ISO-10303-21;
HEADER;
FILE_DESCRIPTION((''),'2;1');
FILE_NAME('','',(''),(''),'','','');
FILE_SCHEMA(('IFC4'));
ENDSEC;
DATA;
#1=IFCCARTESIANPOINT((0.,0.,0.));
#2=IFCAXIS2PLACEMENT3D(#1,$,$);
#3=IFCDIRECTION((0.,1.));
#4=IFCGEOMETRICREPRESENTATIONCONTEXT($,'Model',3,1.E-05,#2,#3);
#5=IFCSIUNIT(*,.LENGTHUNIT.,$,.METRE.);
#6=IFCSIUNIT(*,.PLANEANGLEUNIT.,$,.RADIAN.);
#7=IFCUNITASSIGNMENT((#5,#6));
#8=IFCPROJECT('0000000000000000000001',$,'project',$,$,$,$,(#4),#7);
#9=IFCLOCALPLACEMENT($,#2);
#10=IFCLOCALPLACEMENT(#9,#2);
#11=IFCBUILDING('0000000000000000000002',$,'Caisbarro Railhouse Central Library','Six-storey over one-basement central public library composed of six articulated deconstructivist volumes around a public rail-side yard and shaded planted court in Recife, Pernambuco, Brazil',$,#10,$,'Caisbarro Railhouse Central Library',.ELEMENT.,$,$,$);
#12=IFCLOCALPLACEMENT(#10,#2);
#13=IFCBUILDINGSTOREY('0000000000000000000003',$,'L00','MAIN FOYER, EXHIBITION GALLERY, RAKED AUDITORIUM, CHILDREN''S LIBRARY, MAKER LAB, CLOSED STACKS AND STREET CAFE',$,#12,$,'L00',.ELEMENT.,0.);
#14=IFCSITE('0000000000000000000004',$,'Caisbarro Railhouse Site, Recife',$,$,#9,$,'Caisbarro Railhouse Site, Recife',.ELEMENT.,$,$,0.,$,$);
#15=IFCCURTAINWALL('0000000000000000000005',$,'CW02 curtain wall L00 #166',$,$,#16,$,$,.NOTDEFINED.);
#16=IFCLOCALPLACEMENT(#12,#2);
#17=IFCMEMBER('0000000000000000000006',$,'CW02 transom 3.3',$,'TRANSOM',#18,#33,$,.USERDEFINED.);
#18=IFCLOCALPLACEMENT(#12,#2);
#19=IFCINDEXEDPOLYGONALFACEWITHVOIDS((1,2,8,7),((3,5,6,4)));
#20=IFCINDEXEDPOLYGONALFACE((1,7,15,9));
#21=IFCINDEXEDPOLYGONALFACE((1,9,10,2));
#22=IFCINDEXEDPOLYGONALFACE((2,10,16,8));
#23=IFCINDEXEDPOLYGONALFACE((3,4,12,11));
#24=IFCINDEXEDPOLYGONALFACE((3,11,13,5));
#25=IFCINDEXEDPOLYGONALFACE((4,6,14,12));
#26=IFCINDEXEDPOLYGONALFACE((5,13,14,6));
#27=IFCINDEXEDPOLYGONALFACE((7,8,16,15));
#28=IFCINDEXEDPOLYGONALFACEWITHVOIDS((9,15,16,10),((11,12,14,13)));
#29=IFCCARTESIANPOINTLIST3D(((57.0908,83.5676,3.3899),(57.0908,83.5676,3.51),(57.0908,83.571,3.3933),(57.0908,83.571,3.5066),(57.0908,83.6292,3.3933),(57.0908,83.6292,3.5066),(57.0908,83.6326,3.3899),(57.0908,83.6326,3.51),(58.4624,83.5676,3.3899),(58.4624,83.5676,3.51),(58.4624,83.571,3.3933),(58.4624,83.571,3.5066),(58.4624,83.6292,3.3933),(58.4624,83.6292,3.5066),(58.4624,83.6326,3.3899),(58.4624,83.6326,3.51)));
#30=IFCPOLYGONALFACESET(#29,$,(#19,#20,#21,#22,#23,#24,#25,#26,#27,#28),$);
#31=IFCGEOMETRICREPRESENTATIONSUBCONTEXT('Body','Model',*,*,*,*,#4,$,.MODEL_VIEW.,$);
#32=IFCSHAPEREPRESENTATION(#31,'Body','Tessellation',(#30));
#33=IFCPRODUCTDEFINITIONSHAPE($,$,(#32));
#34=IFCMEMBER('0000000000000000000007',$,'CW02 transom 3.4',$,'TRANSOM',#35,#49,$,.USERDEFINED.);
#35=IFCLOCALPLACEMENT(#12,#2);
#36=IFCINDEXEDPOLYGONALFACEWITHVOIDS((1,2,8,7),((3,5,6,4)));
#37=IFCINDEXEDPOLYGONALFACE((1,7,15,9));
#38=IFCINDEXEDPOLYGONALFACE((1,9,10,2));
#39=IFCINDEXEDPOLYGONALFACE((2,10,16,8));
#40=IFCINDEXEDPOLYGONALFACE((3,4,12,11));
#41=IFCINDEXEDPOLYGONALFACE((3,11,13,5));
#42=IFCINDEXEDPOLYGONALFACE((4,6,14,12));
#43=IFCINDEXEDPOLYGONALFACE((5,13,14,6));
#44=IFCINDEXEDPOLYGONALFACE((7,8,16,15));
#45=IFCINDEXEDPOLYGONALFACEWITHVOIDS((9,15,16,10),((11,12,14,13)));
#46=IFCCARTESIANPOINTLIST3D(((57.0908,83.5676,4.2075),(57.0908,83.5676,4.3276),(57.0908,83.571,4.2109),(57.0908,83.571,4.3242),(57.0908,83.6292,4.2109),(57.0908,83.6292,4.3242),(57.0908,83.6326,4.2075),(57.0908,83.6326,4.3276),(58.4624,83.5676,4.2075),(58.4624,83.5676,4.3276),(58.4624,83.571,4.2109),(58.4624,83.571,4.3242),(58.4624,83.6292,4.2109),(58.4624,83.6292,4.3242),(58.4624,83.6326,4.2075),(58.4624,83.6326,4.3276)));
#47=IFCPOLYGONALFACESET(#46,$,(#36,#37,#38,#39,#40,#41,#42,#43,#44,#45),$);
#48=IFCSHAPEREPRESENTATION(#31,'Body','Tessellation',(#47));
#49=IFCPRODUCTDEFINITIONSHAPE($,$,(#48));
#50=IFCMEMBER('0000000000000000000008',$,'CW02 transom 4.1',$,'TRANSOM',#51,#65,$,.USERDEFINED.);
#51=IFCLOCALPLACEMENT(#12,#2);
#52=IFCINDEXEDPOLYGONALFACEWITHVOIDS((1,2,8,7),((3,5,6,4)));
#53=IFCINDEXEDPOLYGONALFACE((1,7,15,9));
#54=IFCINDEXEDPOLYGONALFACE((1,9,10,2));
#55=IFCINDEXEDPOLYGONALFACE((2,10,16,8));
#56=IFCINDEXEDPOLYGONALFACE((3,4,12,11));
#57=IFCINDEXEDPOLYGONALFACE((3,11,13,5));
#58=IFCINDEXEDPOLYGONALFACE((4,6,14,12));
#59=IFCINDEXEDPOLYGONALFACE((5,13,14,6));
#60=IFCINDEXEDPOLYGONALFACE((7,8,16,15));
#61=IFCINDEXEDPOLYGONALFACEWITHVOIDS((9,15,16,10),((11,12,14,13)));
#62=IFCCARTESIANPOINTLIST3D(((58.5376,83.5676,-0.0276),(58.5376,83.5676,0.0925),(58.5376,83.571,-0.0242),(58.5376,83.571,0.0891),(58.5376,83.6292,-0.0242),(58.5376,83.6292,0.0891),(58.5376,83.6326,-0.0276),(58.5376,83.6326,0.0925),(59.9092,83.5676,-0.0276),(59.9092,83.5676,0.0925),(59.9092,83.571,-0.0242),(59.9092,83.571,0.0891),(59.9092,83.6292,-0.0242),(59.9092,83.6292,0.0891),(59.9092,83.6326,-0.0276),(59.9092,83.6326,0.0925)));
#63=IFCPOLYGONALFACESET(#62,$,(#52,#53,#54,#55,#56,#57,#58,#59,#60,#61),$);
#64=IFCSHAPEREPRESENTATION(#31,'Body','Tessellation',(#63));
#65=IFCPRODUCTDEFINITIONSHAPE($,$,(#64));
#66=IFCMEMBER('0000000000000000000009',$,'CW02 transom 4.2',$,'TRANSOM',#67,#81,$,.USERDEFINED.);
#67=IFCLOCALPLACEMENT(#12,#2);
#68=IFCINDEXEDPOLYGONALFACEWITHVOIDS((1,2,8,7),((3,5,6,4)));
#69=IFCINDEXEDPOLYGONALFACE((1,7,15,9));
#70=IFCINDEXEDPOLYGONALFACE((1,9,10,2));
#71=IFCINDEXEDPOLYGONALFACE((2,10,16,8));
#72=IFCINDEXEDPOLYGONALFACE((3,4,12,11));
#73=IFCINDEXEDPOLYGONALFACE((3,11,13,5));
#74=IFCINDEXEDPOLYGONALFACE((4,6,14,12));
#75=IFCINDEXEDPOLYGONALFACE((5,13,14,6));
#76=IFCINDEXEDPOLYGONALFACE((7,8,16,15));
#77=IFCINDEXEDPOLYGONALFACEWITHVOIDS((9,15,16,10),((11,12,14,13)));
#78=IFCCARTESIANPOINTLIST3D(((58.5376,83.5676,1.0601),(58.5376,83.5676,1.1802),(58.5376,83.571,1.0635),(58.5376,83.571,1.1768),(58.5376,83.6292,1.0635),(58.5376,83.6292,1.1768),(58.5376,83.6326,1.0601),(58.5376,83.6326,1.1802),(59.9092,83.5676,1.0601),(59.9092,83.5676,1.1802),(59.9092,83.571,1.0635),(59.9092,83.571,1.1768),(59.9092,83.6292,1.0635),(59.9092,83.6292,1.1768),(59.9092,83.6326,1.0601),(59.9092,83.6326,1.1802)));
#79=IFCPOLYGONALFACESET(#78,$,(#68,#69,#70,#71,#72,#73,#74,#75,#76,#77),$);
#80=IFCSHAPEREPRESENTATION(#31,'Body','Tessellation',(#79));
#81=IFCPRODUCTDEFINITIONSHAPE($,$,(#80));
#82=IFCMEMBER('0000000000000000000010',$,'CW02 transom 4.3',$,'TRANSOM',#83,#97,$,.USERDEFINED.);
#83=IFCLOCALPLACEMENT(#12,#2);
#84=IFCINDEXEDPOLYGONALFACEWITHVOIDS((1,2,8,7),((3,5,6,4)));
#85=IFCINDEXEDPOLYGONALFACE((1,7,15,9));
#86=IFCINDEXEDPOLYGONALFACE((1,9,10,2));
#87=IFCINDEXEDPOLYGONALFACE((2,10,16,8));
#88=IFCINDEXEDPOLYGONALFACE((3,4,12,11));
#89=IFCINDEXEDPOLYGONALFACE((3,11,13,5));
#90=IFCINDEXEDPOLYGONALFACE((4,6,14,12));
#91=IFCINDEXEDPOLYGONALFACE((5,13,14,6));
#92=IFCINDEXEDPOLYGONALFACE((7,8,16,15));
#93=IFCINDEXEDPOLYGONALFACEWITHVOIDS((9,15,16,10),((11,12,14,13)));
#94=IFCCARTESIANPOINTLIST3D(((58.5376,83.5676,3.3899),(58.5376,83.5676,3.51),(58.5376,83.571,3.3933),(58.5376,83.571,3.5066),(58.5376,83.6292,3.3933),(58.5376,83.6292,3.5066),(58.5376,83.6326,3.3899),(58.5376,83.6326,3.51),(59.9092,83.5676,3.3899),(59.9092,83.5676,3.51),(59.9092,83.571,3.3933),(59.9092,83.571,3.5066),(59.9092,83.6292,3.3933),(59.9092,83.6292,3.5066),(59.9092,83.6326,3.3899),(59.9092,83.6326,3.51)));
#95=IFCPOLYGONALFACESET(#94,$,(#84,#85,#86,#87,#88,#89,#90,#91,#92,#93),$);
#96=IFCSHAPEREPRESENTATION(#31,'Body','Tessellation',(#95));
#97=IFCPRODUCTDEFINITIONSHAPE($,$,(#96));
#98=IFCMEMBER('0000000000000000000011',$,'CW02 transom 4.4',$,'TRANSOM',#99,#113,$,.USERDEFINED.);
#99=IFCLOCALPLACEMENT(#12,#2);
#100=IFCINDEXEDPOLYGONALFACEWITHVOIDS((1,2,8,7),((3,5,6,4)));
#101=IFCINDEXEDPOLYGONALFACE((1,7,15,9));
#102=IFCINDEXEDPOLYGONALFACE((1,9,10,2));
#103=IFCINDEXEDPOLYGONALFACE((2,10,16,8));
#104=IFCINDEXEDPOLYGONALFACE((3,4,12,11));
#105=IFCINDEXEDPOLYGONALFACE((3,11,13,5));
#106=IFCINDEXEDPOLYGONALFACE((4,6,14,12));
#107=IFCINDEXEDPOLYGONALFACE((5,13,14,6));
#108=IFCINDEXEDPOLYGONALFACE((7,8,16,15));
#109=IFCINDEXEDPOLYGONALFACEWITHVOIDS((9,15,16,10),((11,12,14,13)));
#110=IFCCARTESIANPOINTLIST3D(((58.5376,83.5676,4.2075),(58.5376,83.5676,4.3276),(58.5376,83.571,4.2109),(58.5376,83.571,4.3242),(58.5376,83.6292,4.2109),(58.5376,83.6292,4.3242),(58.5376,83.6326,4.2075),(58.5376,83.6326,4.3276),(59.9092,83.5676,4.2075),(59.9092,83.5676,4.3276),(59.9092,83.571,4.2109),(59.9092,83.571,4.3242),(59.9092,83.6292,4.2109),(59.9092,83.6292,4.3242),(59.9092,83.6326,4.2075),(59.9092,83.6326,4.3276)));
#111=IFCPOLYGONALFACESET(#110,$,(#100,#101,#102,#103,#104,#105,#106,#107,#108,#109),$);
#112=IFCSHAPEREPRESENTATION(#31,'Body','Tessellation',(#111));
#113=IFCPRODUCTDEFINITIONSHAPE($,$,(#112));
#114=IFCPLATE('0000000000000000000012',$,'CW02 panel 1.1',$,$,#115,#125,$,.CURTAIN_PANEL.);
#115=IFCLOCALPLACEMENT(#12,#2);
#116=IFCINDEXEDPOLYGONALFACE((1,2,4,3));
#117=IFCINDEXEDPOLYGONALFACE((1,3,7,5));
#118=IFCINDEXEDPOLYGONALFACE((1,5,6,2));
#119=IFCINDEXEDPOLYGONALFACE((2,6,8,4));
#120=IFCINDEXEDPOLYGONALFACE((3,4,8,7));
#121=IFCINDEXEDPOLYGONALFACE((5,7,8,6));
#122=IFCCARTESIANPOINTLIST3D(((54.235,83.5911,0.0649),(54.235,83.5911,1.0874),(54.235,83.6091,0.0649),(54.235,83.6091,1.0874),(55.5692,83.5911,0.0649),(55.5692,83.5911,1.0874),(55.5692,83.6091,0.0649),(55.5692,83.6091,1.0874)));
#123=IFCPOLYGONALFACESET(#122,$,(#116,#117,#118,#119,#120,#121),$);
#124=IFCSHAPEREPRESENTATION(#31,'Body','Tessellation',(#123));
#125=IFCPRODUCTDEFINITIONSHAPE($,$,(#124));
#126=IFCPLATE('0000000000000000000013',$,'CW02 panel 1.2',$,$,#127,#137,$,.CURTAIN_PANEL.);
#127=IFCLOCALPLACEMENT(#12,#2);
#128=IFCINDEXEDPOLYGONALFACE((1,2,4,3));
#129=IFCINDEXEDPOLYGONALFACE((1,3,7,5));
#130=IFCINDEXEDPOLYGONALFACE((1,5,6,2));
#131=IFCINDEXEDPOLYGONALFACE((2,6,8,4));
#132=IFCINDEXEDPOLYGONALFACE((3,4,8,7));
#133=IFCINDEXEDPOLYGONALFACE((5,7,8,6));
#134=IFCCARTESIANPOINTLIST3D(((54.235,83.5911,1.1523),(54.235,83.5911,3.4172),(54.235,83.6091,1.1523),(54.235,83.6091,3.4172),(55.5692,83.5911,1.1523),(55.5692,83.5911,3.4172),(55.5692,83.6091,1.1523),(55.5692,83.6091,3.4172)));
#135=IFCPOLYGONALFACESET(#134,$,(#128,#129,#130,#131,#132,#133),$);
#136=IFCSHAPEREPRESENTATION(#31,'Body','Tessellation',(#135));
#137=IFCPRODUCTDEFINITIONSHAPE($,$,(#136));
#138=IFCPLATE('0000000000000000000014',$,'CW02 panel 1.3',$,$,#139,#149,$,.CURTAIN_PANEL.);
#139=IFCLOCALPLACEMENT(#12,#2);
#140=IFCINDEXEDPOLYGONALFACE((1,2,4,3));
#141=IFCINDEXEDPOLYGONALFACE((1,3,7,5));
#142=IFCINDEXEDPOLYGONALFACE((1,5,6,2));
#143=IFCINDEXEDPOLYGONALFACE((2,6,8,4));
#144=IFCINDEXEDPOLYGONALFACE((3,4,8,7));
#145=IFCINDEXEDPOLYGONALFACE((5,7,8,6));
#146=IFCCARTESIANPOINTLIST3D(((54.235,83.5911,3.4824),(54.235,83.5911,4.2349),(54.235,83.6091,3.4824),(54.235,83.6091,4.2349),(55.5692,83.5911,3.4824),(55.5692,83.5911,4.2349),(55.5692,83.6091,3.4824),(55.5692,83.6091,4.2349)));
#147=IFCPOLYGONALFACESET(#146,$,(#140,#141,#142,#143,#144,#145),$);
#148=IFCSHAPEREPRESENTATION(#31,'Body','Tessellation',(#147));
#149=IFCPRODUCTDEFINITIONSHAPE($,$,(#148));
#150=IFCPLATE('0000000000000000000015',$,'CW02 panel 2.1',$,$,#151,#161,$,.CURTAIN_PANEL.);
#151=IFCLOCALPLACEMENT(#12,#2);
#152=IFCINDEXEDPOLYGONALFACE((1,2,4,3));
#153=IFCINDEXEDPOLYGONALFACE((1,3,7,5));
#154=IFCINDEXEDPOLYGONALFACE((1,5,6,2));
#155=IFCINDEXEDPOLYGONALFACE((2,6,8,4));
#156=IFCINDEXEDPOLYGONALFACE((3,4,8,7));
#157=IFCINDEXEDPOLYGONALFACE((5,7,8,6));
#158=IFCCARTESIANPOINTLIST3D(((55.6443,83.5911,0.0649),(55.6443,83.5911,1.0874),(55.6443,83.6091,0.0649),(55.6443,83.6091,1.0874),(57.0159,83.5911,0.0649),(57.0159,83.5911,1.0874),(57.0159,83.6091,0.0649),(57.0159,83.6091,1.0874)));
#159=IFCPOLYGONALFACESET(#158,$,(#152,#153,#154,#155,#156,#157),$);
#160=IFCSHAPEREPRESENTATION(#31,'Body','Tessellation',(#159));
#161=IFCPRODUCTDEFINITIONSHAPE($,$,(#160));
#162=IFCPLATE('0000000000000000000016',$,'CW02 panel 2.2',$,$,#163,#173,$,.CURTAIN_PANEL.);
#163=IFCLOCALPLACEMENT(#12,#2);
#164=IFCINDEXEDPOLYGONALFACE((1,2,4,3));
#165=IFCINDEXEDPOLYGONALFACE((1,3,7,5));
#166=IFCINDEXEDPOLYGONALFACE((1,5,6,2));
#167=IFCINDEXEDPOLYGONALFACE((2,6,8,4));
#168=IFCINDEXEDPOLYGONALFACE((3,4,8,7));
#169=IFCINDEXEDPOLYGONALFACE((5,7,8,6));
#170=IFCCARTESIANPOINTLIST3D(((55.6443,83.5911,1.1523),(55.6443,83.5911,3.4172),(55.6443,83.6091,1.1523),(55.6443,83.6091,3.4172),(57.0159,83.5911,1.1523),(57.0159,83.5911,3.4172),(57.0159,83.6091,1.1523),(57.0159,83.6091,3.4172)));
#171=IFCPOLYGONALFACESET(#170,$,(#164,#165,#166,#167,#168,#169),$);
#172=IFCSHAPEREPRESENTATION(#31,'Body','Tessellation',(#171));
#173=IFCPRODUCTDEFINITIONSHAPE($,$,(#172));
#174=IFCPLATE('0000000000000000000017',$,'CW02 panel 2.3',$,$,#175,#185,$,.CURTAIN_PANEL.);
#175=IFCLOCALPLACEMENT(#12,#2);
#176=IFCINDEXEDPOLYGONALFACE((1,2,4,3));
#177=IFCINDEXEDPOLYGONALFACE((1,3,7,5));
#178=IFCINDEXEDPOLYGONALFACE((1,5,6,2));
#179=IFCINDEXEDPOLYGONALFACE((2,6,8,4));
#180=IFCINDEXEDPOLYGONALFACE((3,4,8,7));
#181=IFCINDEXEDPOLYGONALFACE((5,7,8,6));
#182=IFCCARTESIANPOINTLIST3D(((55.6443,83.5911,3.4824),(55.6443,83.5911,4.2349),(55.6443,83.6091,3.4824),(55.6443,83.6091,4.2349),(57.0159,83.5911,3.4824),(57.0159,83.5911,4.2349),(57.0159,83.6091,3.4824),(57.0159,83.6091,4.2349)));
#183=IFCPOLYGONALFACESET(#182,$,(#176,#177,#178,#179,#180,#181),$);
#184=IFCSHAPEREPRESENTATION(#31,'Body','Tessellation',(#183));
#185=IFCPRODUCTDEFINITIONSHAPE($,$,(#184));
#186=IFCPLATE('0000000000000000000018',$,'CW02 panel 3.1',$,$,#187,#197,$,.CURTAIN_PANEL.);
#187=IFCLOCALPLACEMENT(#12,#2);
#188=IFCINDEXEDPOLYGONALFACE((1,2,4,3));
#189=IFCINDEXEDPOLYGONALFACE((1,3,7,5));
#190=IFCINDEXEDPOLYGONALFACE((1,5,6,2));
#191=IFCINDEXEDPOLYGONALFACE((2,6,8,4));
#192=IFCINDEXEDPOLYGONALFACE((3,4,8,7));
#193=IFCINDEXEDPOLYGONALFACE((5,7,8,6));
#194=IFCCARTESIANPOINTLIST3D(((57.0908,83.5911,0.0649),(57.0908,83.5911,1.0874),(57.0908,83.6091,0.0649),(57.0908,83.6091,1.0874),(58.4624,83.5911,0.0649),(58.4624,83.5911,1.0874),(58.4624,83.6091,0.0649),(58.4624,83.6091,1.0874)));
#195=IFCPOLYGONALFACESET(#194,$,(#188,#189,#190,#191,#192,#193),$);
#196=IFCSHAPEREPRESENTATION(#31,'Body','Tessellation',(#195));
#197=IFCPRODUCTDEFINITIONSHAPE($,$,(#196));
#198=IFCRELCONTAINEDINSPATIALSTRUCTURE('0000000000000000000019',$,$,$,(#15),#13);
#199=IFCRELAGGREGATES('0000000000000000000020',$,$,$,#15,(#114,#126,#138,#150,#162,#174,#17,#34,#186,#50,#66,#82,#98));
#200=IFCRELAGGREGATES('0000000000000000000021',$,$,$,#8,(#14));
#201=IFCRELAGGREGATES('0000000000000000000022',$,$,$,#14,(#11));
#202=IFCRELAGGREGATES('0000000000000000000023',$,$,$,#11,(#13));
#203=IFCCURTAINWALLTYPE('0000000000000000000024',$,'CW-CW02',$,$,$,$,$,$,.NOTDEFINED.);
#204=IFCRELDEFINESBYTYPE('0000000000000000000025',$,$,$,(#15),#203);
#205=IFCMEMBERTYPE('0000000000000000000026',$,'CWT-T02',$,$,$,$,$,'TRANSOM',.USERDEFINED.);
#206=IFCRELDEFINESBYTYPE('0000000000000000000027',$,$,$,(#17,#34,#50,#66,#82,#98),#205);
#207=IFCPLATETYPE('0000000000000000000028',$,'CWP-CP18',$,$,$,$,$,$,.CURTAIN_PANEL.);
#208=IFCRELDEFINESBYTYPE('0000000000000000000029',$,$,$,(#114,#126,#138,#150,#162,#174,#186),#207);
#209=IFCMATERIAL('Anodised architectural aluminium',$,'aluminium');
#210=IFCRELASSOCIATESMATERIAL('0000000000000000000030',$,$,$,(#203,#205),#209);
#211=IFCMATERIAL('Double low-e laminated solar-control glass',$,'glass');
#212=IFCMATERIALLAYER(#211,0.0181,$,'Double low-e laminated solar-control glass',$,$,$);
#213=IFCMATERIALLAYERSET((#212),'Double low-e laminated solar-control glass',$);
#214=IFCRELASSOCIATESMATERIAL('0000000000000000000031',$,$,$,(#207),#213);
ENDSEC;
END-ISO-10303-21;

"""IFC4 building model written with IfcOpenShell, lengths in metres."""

from ifc_helpers import new_model, si_unit, direction, frame, origin, origin_2d, place, context, subcontext, project, spatial, rectangle, hollow_rectangle, extrude, material, layer, layer_set, material_profile, profile_set, type_object, element, aggregate, save


model = new_model("IFC4")

# Units and contexts
model_context = context("Model", 3, precision=1e-05, world=origin(), true_north=direction((0.0, 1.0)))
body_context = subcontext(model_context, "Body", "Model", "MODEL_VIEW")
ifc_project = project(units=[si_unit("LENGTHUNIT", "METRE"), si_unit("PLANEANGLEUNIT", "RADIAN")], contexts=[model_context])

# Site, building, storey
site_placement = place(None, origin())
site = spatial("IfcSite", under=ifc_project, at=site_placement, Name="Caisbarro Railhouse Site, Recife", LongName="Caisbarro Railhouse Site, Recife", CompositionType="ELEMENT", RefElevation=0.0)
building_placement = place(site_placement, origin())
building = spatial("IfcBuilding", under=site, at=building_placement, Name="Caisbarro Railhouse Central Library", Description="Six-storey over one-basement central public library composed of six articulated deconstructivist volumes around a public rail-side yard and shaded planted court in Recife, Pernambuco, Brazil", LongName="Caisbarro Railhouse Central Library", CompositionType="ELEMENT")
storey_placement = place(building_placement, origin())
storey = spatial("IfcBuildingStorey", under=building, at=storey_placement, Name="L00", Description="MAIN FOYER, EXHIBITION GALLERY, RAKED AUDITORIUM, CHILDREN'S LIBRARY, MAKER LAB, CLOSED STACKS AND STREET CAFE", LongName="L00", CompositionType="ELEMENT", Elevation=0.0)

# Curtain wall, members, plates
ifc_material_1 = material(Name="Anodised architectural aluminium", Category="aluminium")
curtain_wall_type = type_object("IfcCurtainWallType", Name="CW-CW02", PredefinedType="NOTDEFINED", material=ifc_material_1)
curtain_wall_placement = place(storey_placement, origin())
curtain_wall = element("IfcCurtainWall", 1, at=curtain_wall_placement, inside=storey, type_object=curtain_wall_type, Name="CW02 curtain wall L00 #166", PredefinedType="NOTDEFINED")
ifc_material_profile_1 = material_profile(ifc_material_1, hollow_rectangle(XDim=0.0649, YDim=0.1201, WallThickness=0.0034, at=origin_2d()), Name="ALU-TRN-65X120")
ifc_profile_set_1 = profile_set([ifc_material_profile_1], Name="Anodised architectural aluminium")
member_type_1 = type_object("IfcMemberType", Name="CWT-T02", ElementType="TRANSOM", PredefinedType="USERDEFINED", material=ifc_profile_set_1)
member_1_placement = place(storey_placement, frame((57.0908, 83.6001, 3.45), z_axis=(1.0, 0.0, 0.0), x_axis=(0.0, 1.0, 0.0)))
member_1 = element("IfcMember", 2, at=member_1_placement, type_object=member_type_1, Name="CW02 transom 3.3", ObjectType="TRANSOM", PredefinedType="USERDEFINED", context=body_context, shape_type="SweptSolid", body=[
    extrude(hollow_rectangle(XDim=0.0649, YDim=0.1201, WallThickness=0.0034, at=origin_2d()), origin(), (0.0, 0.0, 1.0), 1.3716),
])
member_2_placement = place(storey_placement, frame((57.0908, 83.6001, 4.2676), z_axis=(1.0, 0.0, 0.0), x_axis=(0.0, 1.0, 0.0)))
member_2 = element("IfcMember", 3, at=member_2_placement, type_object=member_type_1, Name="CW02 transom 3.4", ObjectType="TRANSOM", PredefinedType="USERDEFINED", context=body_context, shape_type="SweptSolid", body=[
    extrude(hollow_rectangle(XDim=0.0649, YDim=0.1201, WallThickness=0.0034, at=origin_2d()), origin(), (0.0, 0.0, 1.0), 1.3716),
])
member_3_placement = place(storey_placement, frame((58.5376, 83.6001, 0.0325), z_axis=(1.0, 0.0, 0.0), x_axis=(0.0, 1.0, 0.0)))
member_3 = element("IfcMember", 4, at=member_3_placement, type_object=member_type_1, Name="CW02 transom 4.1", ObjectType="TRANSOM", PredefinedType="USERDEFINED", context=body_context, shape_type="SweptSolid", body=[
    extrude(hollow_rectangle(XDim=0.0649, YDim=0.1201, WallThickness=0.0034, at=origin_2d()), origin(), (0.0, 0.0, 1.0), 1.3716),
])
member_4_placement = place(storey_placement, frame((58.5376, 83.6001, 1.1201), z_axis=(1.0, 0.0, 0.0), x_axis=(0.0, 1.0, 0.0)))
member_4 = element("IfcMember", 5, at=member_4_placement, type_object=member_type_1, Name="CW02 transom 4.2", ObjectType="TRANSOM", PredefinedType="USERDEFINED", context=body_context, shape_type="SweptSolid", body=[
    extrude(hollow_rectangle(XDim=0.0649, YDim=0.1201, WallThickness=0.0034, at=origin_2d()), origin(), (0.0, 0.0, 1.0), 1.3716),
])
member_5_placement = place(storey_placement, frame((58.5376, 83.6001, 3.45), z_axis=(1.0, 0.0, 0.0), x_axis=(0.0, 1.0, 0.0)))
member_5 = element("IfcMember", 6, at=member_5_placement, type_object=member_type_1, Name="CW02 transom 4.3", ObjectType="TRANSOM", PredefinedType="USERDEFINED", context=body_context, shape_type="SweptSolid", body=[
    extrude(hollow_rectangle(XDim=0.0649, YDim=0.1201, WallThickness=0.0034, at=origin_2d()), origin(), (0.0, 0.0, 1.0), 1.3716),
])
member_6_placement = place(storey_placement, frame((58.5376, 83.6001, 4.2676), z_axis=(1.0, 0.0, 0.0), x_axis=(0.0, 1.0, 0.0)))
member_6 = element("IfcMember", 7, at=member_6_placement, type_object=member_type_1, Name="CW02 transom 4.4", ObjectType="TRANSOM", PredefinedType="USERDEFINED", context=body_context, shape_type="SweptSolid", body=[
    extrude(hollow_rectangle(XDim=0.0649, YDim=0.1201, WallThickness=0.0034, at=origin_2d()), origin(), (0.0, 0.0, 1.0), 1.3716),
])
ifc_material_2 = material(Name="Double low-e laminated solar-control glass", Category="glass")
ifc_layer = layer(ifc_material_2, 0.0181, Name="Double low-e laminated solar-control glass")
ifc_layer_set = layer_set([ifc_layer], Name="Double low-e laminated solar-control glass")
plate_type = type_object("IfcPlateType", Name="CWP-CP18", PredefinedType="CURTAIN_PANEL", material=ifc_layer_set)
plate_1_placement = place(storey_placement, frame((54.9021, 83.6001, 0.0649), z_axis=(0.0, 0.0, 1.0), x_axis=(1.0, 0.0, 0.0)))
plate_1 = element("IfcPlate", 8, at=plate_1_placement, type_object=plate_type, Name="CW02 panel 1.1", PredefinedType="CURTAIN_PANEL", context=body_context, shape_type="SweptSolid", body=[
    extrude(rectangle(XDim=1.3342, YDim=0.0181, at=origin_2d()), origin(), (0.0, 0.0, 1.0), 1.0225),
])
plate_2_placement = place(storey_placement, frame((54.9021, 83.6001, 1.1523), z_axis=(0.0, 0.0, 1.0), x_axis=(1.0, 0.0, 0.0)))
plate_2 = element("IfcPlate", 9, at=plate_2_placement, type_object=plate_type, Name="CW02 panel 1.2", PredefinedType="CURTAIN_PANEL", context=body_context, shape_type="SweptSolid", body=[
    extrude(rectangle(XDim=1.3342, YDim=0.0181, at=origin_2d()), origin(), (0.0, 0.0, 1.0), 2.2649),
])
plate_3_placement = place(storey_placement, frame((54.9021, 83.6001, 3.4824), z_axis=(0.0, 0.0, 1.0), x_axis=(1.0, 0.0, 0.0)))
plate_3 = element("IfcPlate", 10, at=plate_3_placement, type_object=plate_type, Name="CW02 panel 1.3", PredefinedType="CURTAIN_PANEL", context=body_context, shape_type="SweptSolid", body=[
    extrude(rectangle(XDim=1.3342, YDim=0.0181, at=origin_2d()), origin(), (0.0, 0.0, 1.0), 0.7524),
])
plate_4_placement = place(storey_placement, frame((56.3301, 83.6001, 0.0649), z_axis=(0.0, 0.0, 1.0), x_axis=(1.0, 0.0, 0.0)))
plate_4 = element("IfcPlate", 11, at=plate_4_placement, type_object=plate_type, Name="CW02 panel 2.1", PredefinedType="CURTAIN_PANEL", context=body_context, shape_type="SweptSolid", body=[
    extrude(rectangle(XDim=1.3716, YDim=0.0181, at=origin_2d()), origin(), (0.0, 0.0, 1.0), 1.0225),
])
plate_5_placement = place(storey_placement, frame((56.3301, 83.6001, 1.1523), z_axis=(0.0, 0.0, 1.0), x_axis=(1.0, 0.0, 0.0)))
plate_5 = element("IfcPlate", 12, at=plate_5_placement, type_object=plate_type, Name="CW02 panel 2.2", PredefinedType="CURTAIN_PANEL", context=body_context, shape_type="SweptSolid", body=[
    extrude(rectangle(XDim=1.3716, YDim=0.0181, at=origin_2d()), origin(), (0.0, 0.0, 1.0), 2.2649),
])
plate_6_placement = place(storey_placement, frame((56.3301, 83.6001, 3.4824), z_axis=(0.0, 0.0, 1.0), x_axis=(1.0, 0.0, 0.0)))
plate_6 = element("IfcPlate", 13, at=plate_6_placement, type_object=plate_type, Name="CW02 panel 2.3", PredefinedType="CURTAIN_PANEL", context=body_context, shape_type="SweptSolid", body=[
    extrude(rectangle(XDim=1.3716, YDim=0.0181, at=origin_2d()), origin(), (0.0, 0.0, 1.0), 0.7524),
])
plate_7_placement = place(storey_placement, frame((57.7766, 83.6001, 0.0649), z_axis=(0.0, 0.0, 1.0), x_axis=(1.0, 0.0, 0.0)))
plate_7 = element("IfcPlate", 14, at=plate_7_placement, type_object=plate_type, Name="CW02 panel 3.1", PredefinedType="CURTAIN_PANEL", context=body_context, shape_type="SweptSolid", body=[
    extrude(rectangle(XDim=1.3716, YDim=0.0181, at=origin_2d()), origin(), (0.0, 0.0, 1.0), 1.0225),
])
aggregate(curtain_wall, [plate_1, plate_2, plate_3, plate_4, plate_5, plate_6, member_1, member_2, plate_7, member_3, member_4, member_5, member_6])

save(model, "model.ifc")
